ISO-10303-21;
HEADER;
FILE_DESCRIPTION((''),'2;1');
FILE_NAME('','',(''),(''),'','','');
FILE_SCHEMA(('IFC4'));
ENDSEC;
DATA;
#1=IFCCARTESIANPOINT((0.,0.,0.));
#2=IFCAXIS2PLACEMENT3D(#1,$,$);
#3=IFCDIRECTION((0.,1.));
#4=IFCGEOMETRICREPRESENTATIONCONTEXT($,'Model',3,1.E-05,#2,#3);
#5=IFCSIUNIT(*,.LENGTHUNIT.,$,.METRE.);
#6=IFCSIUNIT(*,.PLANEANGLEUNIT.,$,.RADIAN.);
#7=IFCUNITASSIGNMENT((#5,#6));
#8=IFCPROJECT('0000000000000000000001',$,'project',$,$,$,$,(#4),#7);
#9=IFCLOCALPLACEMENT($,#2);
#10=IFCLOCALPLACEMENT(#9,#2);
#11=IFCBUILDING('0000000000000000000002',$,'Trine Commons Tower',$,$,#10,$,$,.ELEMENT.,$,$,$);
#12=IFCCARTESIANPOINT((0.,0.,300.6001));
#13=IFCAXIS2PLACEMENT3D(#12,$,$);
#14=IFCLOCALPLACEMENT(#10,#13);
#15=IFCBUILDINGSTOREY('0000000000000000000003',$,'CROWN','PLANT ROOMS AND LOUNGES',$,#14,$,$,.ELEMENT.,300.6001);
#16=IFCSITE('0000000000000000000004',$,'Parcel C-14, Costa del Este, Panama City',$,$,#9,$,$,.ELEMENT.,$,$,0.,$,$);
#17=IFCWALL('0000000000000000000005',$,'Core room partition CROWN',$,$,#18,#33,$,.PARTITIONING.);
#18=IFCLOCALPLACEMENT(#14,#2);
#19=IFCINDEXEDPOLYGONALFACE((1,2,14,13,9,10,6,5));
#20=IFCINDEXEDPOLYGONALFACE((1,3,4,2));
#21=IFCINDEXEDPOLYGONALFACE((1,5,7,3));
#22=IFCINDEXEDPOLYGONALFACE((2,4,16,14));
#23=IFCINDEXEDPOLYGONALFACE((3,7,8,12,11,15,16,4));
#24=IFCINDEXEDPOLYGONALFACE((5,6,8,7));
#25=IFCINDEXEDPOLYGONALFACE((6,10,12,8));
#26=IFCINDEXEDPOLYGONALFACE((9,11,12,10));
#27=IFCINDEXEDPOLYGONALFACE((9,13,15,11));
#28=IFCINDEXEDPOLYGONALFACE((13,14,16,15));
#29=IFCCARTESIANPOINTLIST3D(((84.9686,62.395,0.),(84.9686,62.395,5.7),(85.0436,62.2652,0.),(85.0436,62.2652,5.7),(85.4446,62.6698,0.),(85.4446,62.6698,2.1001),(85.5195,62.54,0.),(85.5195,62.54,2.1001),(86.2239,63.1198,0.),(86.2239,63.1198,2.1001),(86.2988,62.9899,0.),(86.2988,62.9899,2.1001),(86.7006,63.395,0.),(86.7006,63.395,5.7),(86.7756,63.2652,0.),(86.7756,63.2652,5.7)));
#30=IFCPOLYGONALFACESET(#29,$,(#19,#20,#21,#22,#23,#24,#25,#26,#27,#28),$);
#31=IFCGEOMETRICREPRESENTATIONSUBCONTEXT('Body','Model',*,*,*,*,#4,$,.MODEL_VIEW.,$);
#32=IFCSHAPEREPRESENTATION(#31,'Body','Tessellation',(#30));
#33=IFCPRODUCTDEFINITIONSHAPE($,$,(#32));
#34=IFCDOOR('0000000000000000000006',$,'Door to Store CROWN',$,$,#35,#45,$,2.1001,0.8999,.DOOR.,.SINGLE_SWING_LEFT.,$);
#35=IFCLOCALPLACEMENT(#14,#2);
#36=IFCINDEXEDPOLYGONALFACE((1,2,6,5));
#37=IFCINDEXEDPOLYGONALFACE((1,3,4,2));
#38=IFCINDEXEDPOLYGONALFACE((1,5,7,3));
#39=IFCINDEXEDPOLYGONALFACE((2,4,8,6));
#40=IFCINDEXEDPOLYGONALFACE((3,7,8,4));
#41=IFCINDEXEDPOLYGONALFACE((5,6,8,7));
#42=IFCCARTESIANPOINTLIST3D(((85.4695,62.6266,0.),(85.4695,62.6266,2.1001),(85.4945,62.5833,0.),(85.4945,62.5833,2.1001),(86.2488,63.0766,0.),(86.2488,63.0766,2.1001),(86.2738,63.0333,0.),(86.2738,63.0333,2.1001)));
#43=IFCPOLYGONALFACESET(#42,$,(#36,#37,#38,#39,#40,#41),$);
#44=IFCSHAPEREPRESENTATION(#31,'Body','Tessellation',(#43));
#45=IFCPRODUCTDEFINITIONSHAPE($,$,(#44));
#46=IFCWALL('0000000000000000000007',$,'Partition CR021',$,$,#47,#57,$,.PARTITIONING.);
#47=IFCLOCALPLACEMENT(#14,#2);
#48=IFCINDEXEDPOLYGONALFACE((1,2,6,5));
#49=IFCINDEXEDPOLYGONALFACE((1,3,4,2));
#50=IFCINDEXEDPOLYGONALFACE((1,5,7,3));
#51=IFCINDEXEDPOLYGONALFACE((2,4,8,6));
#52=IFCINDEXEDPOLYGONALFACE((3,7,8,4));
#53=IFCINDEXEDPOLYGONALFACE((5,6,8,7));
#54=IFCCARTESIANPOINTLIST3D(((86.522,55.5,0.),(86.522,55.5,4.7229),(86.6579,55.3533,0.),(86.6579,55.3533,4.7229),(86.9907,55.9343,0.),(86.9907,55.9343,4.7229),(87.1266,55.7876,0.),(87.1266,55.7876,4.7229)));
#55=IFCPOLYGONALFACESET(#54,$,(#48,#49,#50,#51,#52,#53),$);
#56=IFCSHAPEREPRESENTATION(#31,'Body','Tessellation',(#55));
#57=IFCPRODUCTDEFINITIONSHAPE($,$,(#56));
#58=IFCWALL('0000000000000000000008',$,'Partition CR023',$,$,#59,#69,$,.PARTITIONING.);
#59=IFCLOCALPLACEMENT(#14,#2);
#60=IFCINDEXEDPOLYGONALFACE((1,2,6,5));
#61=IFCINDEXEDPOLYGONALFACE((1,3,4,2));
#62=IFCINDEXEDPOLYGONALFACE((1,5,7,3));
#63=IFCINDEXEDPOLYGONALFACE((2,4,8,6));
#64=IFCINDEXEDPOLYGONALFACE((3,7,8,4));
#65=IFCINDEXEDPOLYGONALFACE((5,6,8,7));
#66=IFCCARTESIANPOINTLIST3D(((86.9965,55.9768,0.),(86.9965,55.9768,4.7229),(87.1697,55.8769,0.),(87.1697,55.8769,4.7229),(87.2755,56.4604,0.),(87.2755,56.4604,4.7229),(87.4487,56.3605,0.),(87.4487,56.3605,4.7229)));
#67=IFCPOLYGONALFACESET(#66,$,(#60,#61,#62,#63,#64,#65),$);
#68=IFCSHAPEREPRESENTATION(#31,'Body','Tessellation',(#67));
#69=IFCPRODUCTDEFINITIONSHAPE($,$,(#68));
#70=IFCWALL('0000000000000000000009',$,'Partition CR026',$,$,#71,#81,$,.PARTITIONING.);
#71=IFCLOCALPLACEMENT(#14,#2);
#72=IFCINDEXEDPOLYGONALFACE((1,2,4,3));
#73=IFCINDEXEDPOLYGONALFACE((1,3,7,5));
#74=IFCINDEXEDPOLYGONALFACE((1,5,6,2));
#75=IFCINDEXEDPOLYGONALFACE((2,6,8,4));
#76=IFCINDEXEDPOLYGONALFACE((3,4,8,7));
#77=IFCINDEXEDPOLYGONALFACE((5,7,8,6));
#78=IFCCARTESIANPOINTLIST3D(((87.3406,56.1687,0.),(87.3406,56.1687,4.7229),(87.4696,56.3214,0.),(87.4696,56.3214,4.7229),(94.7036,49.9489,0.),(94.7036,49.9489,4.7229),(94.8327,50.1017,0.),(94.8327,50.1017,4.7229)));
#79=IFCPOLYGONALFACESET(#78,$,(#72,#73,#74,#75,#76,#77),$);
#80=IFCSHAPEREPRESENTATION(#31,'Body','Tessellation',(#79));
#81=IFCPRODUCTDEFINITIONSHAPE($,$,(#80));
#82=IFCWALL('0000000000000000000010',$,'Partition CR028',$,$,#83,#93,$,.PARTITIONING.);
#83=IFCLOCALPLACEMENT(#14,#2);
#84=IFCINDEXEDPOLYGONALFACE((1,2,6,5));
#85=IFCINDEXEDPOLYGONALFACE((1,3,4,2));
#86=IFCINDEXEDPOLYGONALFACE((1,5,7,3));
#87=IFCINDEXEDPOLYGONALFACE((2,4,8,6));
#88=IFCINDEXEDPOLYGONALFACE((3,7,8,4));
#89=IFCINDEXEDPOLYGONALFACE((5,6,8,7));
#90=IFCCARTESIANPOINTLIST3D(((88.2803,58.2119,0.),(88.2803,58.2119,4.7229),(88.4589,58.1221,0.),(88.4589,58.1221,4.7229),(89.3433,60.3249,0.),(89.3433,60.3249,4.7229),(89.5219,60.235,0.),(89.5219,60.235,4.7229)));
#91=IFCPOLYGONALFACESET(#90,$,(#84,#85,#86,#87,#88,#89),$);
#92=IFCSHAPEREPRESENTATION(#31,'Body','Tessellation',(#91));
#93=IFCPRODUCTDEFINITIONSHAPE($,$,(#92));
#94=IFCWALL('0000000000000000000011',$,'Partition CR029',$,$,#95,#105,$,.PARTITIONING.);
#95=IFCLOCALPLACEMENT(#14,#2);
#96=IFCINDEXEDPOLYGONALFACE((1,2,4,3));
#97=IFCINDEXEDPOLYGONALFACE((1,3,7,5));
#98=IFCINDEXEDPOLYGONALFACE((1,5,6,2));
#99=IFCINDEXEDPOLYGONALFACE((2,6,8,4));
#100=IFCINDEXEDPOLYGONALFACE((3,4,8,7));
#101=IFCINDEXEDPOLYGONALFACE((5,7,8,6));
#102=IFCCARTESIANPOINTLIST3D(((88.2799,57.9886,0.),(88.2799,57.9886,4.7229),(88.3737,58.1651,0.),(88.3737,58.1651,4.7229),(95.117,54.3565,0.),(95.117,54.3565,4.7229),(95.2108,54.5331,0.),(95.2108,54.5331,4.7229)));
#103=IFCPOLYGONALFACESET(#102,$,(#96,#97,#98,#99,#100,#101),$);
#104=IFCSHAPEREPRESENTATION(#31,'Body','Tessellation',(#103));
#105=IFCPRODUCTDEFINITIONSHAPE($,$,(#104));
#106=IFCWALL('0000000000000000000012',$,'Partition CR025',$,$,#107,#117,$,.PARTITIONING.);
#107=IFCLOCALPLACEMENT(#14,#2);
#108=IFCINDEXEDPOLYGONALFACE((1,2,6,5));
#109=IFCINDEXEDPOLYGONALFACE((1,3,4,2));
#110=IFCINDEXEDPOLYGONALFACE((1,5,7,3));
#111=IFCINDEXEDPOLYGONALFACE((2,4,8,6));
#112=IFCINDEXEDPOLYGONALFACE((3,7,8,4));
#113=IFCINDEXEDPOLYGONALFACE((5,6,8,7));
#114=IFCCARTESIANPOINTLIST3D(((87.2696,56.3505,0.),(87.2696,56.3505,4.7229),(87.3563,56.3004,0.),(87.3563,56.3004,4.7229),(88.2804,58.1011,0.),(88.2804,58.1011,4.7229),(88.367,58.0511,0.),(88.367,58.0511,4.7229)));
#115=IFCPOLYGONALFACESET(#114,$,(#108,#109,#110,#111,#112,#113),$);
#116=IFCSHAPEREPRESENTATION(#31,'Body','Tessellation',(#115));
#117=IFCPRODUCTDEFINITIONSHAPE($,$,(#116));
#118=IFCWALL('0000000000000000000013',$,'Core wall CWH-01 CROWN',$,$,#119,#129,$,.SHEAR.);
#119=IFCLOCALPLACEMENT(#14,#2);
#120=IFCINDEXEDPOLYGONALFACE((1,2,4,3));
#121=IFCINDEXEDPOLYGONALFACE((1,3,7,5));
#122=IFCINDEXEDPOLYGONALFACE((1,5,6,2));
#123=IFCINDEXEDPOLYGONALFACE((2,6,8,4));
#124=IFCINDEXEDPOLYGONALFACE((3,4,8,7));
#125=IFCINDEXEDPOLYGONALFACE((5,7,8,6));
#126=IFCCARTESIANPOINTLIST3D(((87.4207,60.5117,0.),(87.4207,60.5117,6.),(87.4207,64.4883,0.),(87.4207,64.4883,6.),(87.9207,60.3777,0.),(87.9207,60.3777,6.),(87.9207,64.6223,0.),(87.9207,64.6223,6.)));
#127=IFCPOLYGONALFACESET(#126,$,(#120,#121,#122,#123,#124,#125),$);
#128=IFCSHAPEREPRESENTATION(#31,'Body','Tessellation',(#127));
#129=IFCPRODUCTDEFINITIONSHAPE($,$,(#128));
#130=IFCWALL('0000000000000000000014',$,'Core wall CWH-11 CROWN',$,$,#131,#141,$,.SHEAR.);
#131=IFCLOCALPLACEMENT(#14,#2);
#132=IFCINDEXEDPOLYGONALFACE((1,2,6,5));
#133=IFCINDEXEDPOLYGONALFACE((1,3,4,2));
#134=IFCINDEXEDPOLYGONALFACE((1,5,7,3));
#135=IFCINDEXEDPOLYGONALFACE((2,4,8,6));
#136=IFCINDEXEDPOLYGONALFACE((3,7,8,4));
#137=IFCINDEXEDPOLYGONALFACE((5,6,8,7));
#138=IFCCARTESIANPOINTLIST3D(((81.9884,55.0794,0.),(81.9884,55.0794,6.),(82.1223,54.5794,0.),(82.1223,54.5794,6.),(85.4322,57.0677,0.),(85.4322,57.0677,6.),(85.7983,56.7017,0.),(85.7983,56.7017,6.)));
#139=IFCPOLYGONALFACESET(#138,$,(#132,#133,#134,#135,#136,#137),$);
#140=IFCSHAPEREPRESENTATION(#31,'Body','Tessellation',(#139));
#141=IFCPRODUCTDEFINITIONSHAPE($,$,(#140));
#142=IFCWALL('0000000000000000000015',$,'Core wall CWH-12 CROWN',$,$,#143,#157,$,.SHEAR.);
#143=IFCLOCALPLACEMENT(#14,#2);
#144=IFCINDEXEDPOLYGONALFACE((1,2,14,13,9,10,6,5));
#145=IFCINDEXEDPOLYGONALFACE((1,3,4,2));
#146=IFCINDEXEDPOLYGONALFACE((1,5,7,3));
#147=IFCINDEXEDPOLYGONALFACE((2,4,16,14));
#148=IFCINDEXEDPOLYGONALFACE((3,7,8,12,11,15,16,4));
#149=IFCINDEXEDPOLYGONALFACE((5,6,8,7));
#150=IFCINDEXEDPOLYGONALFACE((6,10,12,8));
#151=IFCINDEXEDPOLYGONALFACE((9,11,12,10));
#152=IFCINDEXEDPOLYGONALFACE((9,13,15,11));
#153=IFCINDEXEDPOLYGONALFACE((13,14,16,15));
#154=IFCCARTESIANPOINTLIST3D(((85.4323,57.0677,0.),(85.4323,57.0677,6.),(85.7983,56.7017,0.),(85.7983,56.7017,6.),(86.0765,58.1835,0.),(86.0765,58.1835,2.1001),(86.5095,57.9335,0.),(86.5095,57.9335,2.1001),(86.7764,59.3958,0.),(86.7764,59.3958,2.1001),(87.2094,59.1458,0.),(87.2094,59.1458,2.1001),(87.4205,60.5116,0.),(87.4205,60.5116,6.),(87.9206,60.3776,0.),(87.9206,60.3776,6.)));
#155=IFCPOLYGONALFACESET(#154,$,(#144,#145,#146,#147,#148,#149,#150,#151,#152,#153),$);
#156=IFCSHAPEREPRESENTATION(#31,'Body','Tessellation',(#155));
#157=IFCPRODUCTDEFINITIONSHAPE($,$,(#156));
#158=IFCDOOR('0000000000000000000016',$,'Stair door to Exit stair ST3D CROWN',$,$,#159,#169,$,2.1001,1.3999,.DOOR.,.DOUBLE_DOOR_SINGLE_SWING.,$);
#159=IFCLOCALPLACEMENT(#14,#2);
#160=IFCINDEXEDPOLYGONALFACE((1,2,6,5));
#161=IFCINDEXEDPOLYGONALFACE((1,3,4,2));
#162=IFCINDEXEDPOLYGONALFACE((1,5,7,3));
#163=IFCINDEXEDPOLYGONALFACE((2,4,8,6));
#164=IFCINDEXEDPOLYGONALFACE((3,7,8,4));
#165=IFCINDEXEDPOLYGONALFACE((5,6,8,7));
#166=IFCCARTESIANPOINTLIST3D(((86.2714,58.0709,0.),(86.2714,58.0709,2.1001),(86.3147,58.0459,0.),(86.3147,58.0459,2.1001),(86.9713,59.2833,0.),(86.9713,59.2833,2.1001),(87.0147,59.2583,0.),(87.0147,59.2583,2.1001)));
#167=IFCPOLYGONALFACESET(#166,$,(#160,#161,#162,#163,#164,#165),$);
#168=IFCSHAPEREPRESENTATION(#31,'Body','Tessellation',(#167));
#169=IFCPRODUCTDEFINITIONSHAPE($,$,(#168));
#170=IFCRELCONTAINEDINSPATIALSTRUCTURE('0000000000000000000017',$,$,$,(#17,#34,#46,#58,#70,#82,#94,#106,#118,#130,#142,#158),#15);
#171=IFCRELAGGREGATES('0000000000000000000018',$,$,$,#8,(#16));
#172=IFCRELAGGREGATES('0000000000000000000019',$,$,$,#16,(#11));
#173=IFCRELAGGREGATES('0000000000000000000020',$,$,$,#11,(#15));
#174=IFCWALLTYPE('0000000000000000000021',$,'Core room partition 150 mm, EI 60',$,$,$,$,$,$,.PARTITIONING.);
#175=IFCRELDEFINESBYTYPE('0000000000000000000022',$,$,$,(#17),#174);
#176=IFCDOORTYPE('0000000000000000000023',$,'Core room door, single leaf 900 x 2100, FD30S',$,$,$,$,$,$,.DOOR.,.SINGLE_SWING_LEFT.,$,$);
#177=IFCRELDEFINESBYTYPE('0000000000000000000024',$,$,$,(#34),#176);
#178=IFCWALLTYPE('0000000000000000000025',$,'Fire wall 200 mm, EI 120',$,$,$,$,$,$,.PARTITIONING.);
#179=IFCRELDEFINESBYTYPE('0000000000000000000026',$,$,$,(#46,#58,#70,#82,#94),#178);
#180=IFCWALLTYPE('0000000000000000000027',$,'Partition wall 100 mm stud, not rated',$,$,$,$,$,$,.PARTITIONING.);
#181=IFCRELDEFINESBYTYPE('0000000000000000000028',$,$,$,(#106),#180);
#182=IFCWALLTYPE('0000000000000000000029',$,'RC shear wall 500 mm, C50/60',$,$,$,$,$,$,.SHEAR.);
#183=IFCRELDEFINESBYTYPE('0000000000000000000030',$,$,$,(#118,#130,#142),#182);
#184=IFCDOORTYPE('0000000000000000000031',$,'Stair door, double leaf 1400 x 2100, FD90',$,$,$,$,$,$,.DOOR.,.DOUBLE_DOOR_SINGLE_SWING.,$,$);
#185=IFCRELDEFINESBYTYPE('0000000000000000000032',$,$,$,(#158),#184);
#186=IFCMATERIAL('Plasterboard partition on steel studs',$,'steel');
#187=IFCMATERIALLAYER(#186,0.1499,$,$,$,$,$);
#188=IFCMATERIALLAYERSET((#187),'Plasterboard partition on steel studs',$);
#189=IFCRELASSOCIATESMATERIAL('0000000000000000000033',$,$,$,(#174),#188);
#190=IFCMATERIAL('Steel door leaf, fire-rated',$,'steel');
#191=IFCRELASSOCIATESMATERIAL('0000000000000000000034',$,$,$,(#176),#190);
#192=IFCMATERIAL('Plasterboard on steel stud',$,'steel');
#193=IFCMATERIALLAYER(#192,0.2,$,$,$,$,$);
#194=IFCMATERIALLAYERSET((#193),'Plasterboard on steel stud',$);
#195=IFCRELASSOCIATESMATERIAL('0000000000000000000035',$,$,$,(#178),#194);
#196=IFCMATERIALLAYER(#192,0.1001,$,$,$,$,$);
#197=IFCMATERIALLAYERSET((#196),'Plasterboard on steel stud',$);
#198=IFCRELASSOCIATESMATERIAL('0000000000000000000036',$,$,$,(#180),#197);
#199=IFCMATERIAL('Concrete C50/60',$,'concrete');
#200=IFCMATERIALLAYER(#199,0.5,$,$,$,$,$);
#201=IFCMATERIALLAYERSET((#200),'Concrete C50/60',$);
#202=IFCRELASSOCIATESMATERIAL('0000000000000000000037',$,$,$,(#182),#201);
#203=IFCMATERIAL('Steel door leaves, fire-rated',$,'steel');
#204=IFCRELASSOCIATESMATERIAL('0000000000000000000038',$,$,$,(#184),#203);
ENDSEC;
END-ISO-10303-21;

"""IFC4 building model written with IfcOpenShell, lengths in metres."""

from ifc_helpers import new_model, si_unit, direction, frame, frame_2d, origin, place, context, subcontext, project, spatial, polyline, rectangle, outline, extrude, material, layer, layer_set, type_object, element, fill, save


model = new_model("IFC4")

# Units and contexts
model_context = context("Model", 3, precision=1e-05, world=origin(), true_north=direction((0.0, 1.0)))
body_context = subcontext(model_context, "Body", "Model", "MODEL_VIEW")
ifc_project = project(units=[si_unit("LENGTHUNIT", "METRE"), si_unit("PLANEANGLEUNIT", "RADIAN")], contexts=[model_context])

# Site, building, storey
site_placement = place(None, origin())
site = spatial("IfcSite", under=ifc_project, at=site_placement, Name="Parcel C-14, Costa del Este, Panama City", CompositionType="ELEMENT", RefElevation=0.0)
building_placement = place(site_placement, origin())
building = spatial("IfcBuilding", under=site, at=building_placement, Name="Trine Commons Tower", CompositionType="ELEMENT")
storey_placement = place(building_placement, frame((0.0, 0.0, 300.6001)))
storey = spatial("IfcBuildingStorey", under=building, at=storey_placement, Name="CROWN", Description="PLANT ROOMS AND LOUNGES", CompositionType="ELEMENT", Elevation=300.6001)

# Wall, opening, door
ifc_material_1 = material(Name="Plasterboard on steel stud", Category="steel")
ifc_material_2 = material(Name="Plasterboard partition on steel studs", Category="steel")
ifc_layer_1 = layer(ifc_material_2, 0.1499)
ifc_layer_set_1 = layer_set([ifc_layer_1], Name="Plasterboard partition on steel studs")
wall_type_1 = type_object("IfcWallType", Name="Core room partition 150 mm, EI 60", PredefinedType="PARTITIONING", material=ifc_layer_set_1)
wall_1_placement = place(storey_placement, frame((85.0061, 62.3301, 0.0), z_axis=(0.0, 0.0, 1.0), x_axis=(0.866011, 0.500025, 0.0)))
wall_1 = element("IfcWall", 1, at=wall_1_placement, inside=storey, type_object=wall_type_1, Name="Core room partition CROWN", PredefinedType="PARTITIONING", context=body_context, shape_type="SweptSolid", body=[
    extrude(rectangle(XDim=2.0, YDim=0.1499, at=frame_2d((1.0, 0.0))), origin(), (0.0, 0.0, 1.0), 5.7),
])
opening_1_placement = place(wall_1_placement, frame((0.5496, 0.0, 0.0)))
opening_1 = element("IfcOpeningElement", 2, at=opening_1_placement, cuts=wall_1, PredefinedType="OPENING", context=body_context, shape_type="SweptSolid", body=[
    extrude(rectangle(XDim=0.8999, YDim=2.1001, at=frame_2d((0.45, 1.05))), frame((0.0, 0.085, 0.0), z_axis=(0.0, -1.0, 0.0), x_axis=(1.0, 0.0, 0.0)), (0.0, 0.0, 1.0), 0.1699),
])
ifc_material_3 = material(Name="Steel door leaf, fire-rated", Category="steel")
door_type_1 = type_object("IfcDoorType", Name="Core room door, single leaf 900 x 2100, FD30S", OperationType="SINGLE_SWING_LEFT", PredefinedType="DOOR", material=ifc_material_3)
door_1_placement = place(opening_1_placement, frame((0.8999, 0.0, 0.0), z_axis=(0.0, 0.0, 1.0), x_axis=(-1.0, 0.0, 0.0)))
door_1 = element("IfcDoor", 3, at=door_1_placement, inside=storey, type_object=door_type_1, Name="Door to Store CROWN", OperationType="SINGLE_SWING_LEFT", OverallHeight=2.1001, OverallWidth=0.8999, PredefinedType="DOOR", context=body_context, shape_type="SweptSolid", body=[
    extrude(rectangle(XDim=0.8999, YDim=2.1001, at=frame_2d((0.45, 1.05))), frame((0.0, 0.0249, 0.0), z_axis=(0.0, -1.0, 0.0), x_axis=(1.0, 0.0, 0.0)), (0.0, 0.0, 1.0), 0.05),
])
fill(opening_1, door_1)

# Walls
ifc_layer_2 = layer(ifc_material_1, 0.2)
ifc_layer_set_2 = layer_set([ifc_layer_2], Name="Plasterboard on steel stud")
wall_type_2 = type_object("IfcWallType", Name="Fire wall 200 mm, EI 120", PredefinedType="PARTITIONING", material=ifc_layer_set_2)
wall_2_placement = place(storey_placement, frame((86.5901, 55.4268, 0.0), z_axis=(0.0, 0.0, 1.0), x_axis=(0.733528, 0.679659, 0.0)))
element("IfcWall", 4, at=wall_2_placement, inside=storey, type_object=wall_type_2, Name="Partition CR021", PredefinedType="PARTITIONING", context=body_context, shape_type="SweptSolid", body=[
    extrude(rectangle(XDim=0.6389, YDim=0.2, at=frame_2d((0.3193, 0.0))), origin(), (0.0, 0.0, 1.0), 4.7229),
])
wall_3_placement = place(storey_placement, frame((87.083, 55.9268, 0.0), z_axis=(0.0, 0.0, 1.0), x_axis=(0.49976, 0.866164, 0.0)))
element("IfcWall", 5, at=wall_3_placement, inside=storey, type_object=wall_type_2, Name="Partition CR023", PredefinedType="PARTITIONING", context=body_context, shape_type="SweptSolid", body=[
    extrude(rectangle(XDim=0.5583, YDim=0.2, at=frame_2d((0.2793, 0.0))), origin(), (0.0, 0.0, 1.0), 4.7229),
])
wall_4_placement = place(storey_placement, frame((87.405, 56.2451, 0.0), z_axis=(0.0, 0.0, 1.0), x_axis=(0.763925, -0.645305, 0.0)))
element("IfcWall", 6, at=wall_4_placement, inside=storey, type_object=wall_type_2, Name="Partition CR026", PredefinedType="PARTITIONING", context=body_context, shape_type="SweptSolid", body=[
    extrude(rectangle(XDim=9.6384, YDim=0.2, at=frame_2d((4.8193, 0.0))), origin(), (0.0, 0.0, 1.0), 4.7229),
])
wall_5_placement = place(storey_placement, frame((88.3696, 58.167, 0.0), z_axis=(0.0, 0.0, 1.0), x_axis=(0.4494, 0.89333, 0.0)))
element("IfcWall", 7, at=wall_5_placement, inside=storey, type_object=wall_type_2, Name="Partition CR028", PredefinedType="PARTITIONING", context=body_context, shape_type="SweptSolid", body=[
    extrude(rectangle(XDim=2.3652, YDim=0.2, at=frame_2d((1.1826, 0.0))), origin(), (0.0, 0.0, 1.0), 4.7229),
])
wall_6_placement = place(storey_placement, frame((88.3267, 58.0769, 0.0), z_axis=(0.0, 0.0, 1.0), x_axis=(0.883124, -0.469139, 0.0)))
element("IfcWall", 8, at=wall_6_placement, inside=storey, type_object=wall_type_2, Name="Partition CR029", PredefinedType="PARTITIONING", context=body_context, shape_type="SweptSolid", body=[
    extrude(rectangle(XDim=7.7419, YDim=0.2, at=frame_2d((3.8711, 0.0))), origin(), (0.0, 0.0, 1.0), 4.7229),
])
ifc_layer_3 = layer(ifc_material_1, 0.1001)
ifc_layer_set_3 = layer_set([ifc_layer_3], Name="Plasterboard on steel stud")
wall_type_3 = type_object("IfcWallType", Name="Partition wall 100 mm stud, not rated", PredefinedType="PARTITIONING", material=ifc_layer_set_3)
wall_7_placement = place(storey_placement, frame((87.313, 56.3254, 0.0), z_axis=(0.0, 0.0, 1.0), x_axis=(0.499984, 0.866035, 0.0)))
element("IfcWall", 9, at=wall_7_placement, inside=storey, type_object=wall_type_3, Name="Partition CR025", PredefinedType="PARTITIONING", context=body_context, shape_type="SweptSolid", body=[
    extrude(rectangle(XDim=2.0215, YDim=0.1001, at=frame_2d((1.0107, 0.0))), origin(), (0.0, 0.0, 1.0), 4.7229),
])
ifc_material_4 = material(Name="Concrete C50/60", Category="concrete")
ifc_layer_4 = layer(ifc_material_4, 0.5)
ifc_layer_set_4 = layer_set([ifc_layer_4], Name="Concrete C50/60")
wall_type_4 = type_object("IfcWallType", Name="RC shear wall 500 mm, C50/60", PredefinedType="SHEAR", material=ifc_layer_set_4)
for number, where, z_axis, x_axis, name in (
    (10, (87.6707, 60.3777, 0.0), (0.0, 0.0, 1.0), (0.0, 1.0, 0.0), "Core wall CWH-01 CROWN"),
    (11, (81.9973, 54.7959, 0.0), (0.0, 0.0, 1.0), (0.866029, 0.499993, 0.0), "Core wall CWH-11 CROWN"),
):
    element("IfcWall", number, at=place(storey_placement, frame(where, z_axis=z_axis, x_axis=x_axis)), inside=storey, type_object=wall_type_4, Name=name, PredefinedType="SHEAR", context=body_context, shape_type="SweptSolid", body=[
        extrude(outline(polyline([(0.0, -0.25), (4.2446, -0.25), (4.1106, 0.25), (0.134, 0.25), (0.0, -0.25)])), origin(), (0.0, 0.0, 1.0), 6.0),
    ])

# Wall, opening, door
wall_8_placement = place(storey_placement, frame((85.5818, 56.8267, 0.0), z_axis=(0.0, 0.0, 1.0), x_axis=(0.499993, 0.866029, 0.0)))
wall_8 = element("IfcWall", 12, at=wall_8_placement, inside=storey, type_object=wall_type_4, Name="Core wall CWH-12 CROWN", PredefinedType="SHEAR", context=body_context, shape_type="SweptSolid", body=[
    extrude(outline(polyline([(0.0, -0.25), (4.2446, -0.25), (4.1106, 0.25), (0.134, 0.25), (0.0, -0.25)])), origin(), (0.0, 0.0, 1.0), 6.0),
])
opening_2_placement = place(wall_8_placement, frame((1.4224, 0.0, 0.0)))
opening_2 = element("IfcOpeningElement", 13, at=opening_2_placement, cuts=wall_8, PredefinedType="OPENING", context=body_context, shape_type="SweptSolid", body=[
    extrude(rectangle(XDim=1.3999, YDim=2.1001, at=frame_2d((0.7, 1.05))), frame((0.0, 0.26, 0.0), z_axis=(0.0, -1.0, 0.0), x_axis=(1.0, 0.0, 0.0)), (0.0, 0.0, 1.0), 0.52),
])
ifc_material_5 = material(Name="Steel door leaves, fire-rated", Category="steel")
door_type_2 = type_object("IfcDoorType", Name="Stair door, double leaf 1400 x 2100, FD90", OperationType="DOUBLE_DOOR_SINGLE_SWING", PredefinedType="DOOR", material=ifc_material_5)
door_2_placement = place(opening_2_placement, origin())
door_2 = element("IfcDoor", 14, at=door_2_placement, inside=storey, type_object=door_type_2, Name="Stair door to Exit stair ST3D CROWN", OperationType="DOUBLE_DOOR_SINGLE_SWING", OverallHeight=2.1001, OverallWidth=1.3999, PredefinedType="DOOR", context=body_context, shape_type="SweptSolid", body=[
    extrude(rectangle(XDim=1.3999, YDim=2.1001, at=frame_2d((0.7, 1.05))), frame((0.0, 0.0249, 0.0), z_axis=(0.0, -1.0, 0.0), x_axis=(1.0, 0.0, 0.0)), (0.0, 0.0, 1.0), 0.05),
])
fill(opening_2, door_2)

save(model, "model.ifc")
